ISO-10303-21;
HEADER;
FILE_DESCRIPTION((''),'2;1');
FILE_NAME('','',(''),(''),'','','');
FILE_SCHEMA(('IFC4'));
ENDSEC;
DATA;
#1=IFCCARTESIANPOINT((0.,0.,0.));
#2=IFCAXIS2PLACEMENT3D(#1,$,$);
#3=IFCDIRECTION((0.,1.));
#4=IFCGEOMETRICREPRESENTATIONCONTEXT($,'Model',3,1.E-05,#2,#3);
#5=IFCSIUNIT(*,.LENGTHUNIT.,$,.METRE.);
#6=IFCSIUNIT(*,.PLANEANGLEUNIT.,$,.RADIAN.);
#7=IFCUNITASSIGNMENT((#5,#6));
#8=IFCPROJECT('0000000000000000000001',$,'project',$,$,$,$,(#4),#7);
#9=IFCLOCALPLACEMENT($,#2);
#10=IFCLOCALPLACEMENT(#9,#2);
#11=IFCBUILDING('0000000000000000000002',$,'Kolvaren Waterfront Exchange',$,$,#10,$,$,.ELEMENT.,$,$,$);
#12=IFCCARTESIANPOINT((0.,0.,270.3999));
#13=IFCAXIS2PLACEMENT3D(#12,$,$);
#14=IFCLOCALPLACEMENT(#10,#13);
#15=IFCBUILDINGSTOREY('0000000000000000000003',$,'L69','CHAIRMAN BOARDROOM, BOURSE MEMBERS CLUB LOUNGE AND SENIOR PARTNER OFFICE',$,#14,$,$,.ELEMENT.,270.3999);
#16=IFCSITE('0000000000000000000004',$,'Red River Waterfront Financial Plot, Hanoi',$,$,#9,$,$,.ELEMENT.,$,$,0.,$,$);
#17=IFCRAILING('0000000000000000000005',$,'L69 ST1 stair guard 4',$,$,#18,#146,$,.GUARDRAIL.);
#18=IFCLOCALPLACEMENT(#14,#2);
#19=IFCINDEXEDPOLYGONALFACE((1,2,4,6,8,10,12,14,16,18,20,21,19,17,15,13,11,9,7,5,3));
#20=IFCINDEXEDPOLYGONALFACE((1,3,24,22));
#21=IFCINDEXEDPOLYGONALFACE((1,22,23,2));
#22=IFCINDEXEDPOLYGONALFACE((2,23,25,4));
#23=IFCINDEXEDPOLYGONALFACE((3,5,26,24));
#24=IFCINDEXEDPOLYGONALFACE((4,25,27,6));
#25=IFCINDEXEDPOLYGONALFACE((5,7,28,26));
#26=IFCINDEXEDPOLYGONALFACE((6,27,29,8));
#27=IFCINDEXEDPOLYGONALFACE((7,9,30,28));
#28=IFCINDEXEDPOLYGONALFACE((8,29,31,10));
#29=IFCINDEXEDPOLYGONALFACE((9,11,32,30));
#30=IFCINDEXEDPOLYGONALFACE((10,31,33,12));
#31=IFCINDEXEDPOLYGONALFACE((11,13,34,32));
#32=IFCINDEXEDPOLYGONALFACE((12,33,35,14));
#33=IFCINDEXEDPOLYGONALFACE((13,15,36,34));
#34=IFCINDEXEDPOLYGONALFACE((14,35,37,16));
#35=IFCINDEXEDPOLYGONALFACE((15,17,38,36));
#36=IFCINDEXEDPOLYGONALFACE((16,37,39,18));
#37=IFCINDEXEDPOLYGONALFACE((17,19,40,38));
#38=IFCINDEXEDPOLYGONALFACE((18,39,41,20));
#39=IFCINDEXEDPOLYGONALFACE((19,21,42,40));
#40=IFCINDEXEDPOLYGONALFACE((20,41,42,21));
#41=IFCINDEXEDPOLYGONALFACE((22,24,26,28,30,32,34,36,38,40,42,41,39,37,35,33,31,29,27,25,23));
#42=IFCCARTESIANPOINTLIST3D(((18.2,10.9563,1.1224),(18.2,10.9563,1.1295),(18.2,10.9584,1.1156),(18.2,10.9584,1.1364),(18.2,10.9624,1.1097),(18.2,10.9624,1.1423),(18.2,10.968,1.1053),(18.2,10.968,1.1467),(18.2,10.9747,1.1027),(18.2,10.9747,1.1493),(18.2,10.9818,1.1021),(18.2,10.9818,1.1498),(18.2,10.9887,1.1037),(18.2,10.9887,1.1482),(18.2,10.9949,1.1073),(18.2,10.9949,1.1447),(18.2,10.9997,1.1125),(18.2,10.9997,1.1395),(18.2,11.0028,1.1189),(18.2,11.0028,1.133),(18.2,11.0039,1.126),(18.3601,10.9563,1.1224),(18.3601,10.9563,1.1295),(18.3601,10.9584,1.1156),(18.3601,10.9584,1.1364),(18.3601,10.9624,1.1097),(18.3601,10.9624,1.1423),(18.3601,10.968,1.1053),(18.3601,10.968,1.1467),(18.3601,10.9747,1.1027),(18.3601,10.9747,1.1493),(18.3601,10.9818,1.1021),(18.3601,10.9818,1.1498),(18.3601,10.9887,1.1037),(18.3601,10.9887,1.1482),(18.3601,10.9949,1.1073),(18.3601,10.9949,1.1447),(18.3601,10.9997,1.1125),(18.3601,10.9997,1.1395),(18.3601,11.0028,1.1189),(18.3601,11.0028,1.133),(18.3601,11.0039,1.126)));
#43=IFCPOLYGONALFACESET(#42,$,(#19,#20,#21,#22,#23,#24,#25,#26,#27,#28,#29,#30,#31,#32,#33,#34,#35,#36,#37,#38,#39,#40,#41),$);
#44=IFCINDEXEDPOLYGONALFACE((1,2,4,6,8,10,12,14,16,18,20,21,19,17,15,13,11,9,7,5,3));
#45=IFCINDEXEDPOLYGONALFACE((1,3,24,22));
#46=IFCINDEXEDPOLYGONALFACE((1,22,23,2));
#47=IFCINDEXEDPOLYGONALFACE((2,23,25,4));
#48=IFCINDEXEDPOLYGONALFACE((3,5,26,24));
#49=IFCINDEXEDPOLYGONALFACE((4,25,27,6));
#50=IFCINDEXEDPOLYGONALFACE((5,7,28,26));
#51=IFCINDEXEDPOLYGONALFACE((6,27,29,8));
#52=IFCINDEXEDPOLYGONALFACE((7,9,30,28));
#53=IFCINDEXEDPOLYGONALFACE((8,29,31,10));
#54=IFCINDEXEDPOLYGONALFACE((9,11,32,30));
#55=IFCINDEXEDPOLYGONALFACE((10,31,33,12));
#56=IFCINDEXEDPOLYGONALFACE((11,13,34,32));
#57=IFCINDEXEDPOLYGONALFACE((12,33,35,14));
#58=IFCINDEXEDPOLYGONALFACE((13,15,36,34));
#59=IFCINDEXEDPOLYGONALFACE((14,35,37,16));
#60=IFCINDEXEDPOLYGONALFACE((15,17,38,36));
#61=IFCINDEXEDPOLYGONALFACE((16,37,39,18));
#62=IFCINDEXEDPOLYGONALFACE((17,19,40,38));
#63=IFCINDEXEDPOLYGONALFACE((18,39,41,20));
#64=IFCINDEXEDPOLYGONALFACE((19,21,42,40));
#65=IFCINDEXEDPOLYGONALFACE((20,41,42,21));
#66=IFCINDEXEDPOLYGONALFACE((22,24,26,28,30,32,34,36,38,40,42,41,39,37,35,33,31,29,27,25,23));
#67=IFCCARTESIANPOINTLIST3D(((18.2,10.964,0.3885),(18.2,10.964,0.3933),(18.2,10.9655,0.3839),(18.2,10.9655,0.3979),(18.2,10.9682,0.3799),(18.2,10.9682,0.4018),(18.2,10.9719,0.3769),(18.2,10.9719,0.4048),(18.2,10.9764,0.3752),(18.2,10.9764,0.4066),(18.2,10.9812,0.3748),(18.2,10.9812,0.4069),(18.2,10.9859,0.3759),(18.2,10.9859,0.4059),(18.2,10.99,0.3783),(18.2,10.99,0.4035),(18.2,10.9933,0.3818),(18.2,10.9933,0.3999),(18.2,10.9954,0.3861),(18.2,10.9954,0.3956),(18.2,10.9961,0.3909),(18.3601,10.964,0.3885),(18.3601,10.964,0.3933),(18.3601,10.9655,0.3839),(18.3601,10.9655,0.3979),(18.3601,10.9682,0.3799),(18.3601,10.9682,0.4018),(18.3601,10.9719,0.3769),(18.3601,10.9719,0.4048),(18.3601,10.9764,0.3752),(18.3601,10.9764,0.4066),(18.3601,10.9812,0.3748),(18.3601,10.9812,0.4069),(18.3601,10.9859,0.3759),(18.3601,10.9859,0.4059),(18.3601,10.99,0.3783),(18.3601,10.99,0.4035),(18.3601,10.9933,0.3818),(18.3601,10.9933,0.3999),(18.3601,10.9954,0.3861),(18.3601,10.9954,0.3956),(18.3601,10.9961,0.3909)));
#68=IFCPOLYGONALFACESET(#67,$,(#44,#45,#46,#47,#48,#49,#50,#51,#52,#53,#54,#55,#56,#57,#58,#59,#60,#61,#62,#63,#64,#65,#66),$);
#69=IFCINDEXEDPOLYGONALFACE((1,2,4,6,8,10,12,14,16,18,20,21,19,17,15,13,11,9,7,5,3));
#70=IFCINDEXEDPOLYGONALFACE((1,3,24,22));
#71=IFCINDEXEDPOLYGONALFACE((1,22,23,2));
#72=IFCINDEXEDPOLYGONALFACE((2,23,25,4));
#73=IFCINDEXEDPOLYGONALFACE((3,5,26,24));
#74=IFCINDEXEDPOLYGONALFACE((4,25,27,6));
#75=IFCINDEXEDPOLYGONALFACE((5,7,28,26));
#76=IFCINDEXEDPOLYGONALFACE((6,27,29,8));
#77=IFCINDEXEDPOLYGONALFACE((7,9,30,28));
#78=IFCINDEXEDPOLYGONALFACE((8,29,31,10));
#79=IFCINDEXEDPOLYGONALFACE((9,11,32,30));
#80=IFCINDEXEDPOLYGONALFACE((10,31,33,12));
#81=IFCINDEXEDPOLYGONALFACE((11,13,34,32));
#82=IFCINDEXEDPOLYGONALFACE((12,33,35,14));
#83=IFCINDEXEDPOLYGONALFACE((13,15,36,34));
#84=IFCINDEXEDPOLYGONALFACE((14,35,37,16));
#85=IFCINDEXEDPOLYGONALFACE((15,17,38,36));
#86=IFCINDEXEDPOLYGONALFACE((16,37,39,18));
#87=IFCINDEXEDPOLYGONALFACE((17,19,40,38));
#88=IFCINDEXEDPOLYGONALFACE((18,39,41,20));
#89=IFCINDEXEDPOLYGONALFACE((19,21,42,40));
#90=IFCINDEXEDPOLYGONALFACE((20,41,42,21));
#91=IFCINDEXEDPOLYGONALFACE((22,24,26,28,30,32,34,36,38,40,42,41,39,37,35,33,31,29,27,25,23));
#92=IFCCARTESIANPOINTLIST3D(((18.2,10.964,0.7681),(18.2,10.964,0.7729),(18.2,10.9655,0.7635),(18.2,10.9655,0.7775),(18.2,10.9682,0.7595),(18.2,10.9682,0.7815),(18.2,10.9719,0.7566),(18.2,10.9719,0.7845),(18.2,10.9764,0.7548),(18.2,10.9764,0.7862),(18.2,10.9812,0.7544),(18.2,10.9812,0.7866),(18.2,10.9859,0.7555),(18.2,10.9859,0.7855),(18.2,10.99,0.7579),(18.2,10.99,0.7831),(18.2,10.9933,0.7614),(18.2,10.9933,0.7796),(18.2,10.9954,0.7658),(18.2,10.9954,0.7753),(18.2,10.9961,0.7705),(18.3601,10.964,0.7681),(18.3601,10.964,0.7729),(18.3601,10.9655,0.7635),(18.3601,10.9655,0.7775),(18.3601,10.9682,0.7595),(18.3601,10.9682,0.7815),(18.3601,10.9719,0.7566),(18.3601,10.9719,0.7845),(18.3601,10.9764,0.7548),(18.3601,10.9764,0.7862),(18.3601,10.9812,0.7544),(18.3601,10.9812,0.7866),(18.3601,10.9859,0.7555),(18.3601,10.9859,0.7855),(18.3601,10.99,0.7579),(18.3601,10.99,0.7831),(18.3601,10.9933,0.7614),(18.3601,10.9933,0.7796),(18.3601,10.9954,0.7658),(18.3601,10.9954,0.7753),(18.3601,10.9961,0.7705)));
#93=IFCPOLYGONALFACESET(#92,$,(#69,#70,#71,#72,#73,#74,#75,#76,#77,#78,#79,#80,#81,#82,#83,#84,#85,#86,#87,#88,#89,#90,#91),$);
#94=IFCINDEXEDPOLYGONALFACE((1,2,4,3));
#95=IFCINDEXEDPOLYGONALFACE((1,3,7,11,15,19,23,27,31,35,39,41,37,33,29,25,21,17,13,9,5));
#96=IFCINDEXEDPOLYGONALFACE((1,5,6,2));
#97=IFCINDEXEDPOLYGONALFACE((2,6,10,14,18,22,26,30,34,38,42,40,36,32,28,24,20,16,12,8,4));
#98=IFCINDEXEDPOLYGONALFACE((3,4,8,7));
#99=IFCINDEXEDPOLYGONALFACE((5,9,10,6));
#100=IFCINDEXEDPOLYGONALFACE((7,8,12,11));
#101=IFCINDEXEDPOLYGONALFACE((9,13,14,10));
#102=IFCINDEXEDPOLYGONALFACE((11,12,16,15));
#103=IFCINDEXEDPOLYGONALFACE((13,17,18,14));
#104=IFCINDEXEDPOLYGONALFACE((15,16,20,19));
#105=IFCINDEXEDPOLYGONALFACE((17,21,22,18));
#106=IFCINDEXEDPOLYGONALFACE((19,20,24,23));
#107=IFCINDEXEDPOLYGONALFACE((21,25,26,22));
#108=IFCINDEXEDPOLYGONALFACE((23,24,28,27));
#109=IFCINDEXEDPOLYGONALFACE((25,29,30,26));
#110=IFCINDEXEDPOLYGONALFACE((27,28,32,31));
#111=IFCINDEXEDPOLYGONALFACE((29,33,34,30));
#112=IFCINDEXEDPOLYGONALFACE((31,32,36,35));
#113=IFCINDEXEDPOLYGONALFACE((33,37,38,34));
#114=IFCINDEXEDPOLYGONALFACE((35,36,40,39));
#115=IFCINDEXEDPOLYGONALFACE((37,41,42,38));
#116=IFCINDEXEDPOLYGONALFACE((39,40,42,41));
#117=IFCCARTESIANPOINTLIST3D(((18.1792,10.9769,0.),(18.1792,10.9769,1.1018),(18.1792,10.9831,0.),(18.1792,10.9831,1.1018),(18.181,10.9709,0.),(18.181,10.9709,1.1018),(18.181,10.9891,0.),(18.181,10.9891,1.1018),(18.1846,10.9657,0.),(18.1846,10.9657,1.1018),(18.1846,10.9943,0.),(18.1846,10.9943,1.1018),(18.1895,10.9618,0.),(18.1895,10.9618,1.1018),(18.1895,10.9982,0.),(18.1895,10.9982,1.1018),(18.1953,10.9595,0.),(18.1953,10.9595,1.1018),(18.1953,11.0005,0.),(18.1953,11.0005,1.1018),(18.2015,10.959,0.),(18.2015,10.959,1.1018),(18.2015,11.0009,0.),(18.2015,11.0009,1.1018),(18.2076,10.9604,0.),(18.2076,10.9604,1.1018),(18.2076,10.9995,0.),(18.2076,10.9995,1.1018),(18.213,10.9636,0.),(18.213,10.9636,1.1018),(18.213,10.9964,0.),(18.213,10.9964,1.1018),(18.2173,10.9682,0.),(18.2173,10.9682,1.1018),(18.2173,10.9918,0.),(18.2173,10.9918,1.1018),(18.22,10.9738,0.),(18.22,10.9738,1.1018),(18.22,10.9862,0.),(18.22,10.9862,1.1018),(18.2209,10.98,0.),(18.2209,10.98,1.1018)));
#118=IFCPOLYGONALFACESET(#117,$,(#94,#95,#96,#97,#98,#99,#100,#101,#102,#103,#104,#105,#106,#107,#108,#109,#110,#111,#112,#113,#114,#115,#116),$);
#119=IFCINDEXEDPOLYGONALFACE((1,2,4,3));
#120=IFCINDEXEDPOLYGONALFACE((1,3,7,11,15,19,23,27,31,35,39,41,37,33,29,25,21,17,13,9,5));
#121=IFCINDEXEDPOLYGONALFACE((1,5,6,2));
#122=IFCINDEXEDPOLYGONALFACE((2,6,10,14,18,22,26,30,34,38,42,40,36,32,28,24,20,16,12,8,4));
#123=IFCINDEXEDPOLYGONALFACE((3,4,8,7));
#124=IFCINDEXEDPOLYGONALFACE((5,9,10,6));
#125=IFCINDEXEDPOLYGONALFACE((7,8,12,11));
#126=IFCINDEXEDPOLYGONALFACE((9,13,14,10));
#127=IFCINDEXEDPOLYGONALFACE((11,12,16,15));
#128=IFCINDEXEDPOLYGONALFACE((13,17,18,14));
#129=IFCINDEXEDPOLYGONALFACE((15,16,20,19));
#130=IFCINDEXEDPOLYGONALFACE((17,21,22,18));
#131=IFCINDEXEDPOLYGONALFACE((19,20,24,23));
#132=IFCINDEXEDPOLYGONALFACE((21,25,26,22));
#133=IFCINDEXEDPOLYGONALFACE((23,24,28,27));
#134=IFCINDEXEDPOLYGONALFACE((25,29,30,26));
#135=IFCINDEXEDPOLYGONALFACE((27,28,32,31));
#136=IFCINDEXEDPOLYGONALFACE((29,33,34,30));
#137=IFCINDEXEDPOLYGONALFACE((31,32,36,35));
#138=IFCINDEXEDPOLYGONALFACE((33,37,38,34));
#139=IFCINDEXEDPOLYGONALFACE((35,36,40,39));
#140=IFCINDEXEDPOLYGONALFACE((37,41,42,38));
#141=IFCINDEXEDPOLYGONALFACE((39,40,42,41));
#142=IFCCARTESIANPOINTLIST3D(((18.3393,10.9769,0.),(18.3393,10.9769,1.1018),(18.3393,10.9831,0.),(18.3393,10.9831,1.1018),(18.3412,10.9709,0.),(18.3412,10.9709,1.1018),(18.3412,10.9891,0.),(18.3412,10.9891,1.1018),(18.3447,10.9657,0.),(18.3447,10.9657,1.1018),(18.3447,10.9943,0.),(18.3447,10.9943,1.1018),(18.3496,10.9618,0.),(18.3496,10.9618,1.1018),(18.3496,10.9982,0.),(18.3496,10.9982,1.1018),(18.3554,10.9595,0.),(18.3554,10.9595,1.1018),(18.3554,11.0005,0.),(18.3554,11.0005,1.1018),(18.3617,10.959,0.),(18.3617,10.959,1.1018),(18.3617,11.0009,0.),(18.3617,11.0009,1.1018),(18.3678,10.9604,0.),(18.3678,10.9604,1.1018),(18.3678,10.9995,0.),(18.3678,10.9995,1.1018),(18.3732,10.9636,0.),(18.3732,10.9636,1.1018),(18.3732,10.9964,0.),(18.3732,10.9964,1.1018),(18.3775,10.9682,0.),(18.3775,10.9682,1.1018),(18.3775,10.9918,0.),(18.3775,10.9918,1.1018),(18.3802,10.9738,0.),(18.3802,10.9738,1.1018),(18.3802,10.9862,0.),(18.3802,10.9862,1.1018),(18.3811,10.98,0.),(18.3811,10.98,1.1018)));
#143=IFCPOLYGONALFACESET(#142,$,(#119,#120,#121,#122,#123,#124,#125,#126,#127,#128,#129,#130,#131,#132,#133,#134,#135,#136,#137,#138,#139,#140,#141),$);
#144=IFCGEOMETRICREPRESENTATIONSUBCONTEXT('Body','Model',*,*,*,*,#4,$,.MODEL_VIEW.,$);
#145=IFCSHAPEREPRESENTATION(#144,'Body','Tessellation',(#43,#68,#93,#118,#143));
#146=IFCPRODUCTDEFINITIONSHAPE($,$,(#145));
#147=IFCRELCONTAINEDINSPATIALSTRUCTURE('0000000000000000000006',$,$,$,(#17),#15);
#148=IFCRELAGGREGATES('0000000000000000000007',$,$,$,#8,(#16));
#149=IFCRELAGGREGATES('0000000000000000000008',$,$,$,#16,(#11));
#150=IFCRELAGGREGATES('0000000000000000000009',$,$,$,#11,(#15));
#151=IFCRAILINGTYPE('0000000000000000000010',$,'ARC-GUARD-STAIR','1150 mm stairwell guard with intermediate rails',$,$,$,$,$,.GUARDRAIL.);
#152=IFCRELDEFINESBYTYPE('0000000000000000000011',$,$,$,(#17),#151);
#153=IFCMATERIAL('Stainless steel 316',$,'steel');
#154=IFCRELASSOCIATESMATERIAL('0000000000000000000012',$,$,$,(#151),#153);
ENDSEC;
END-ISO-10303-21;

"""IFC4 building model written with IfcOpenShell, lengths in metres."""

from ifc_helpers import new_model, si_unit, direction, frame, origin, origin_2d, place, context, subcontext, project, spatial, circle, extrude, material, type_object, element, save


model = new_model("IFC4")

# Units and contexts
model_context = context("Model", 3, precision=1e-05, world=origin(), true_north=direction((0.0, 1.0)))
body_context = subcontext(model_context, "Body", "Model", "MODEL_VIEW")
ifc_project = project(units=[si_unit("LENGTHUNIT", "METRE"), si_unit("PLANEANGLEUNIT", "RADIAN")], contexts=[model_context])

# Site, building, storey
site_placement = place(None, origin())
site = spatial("IfcSite", under=ifc_project, at=site_placement, Name="Red River Waterfront Financial Plot, Hanoi", CompositionType="ELEMENT", RefElevation=0.0)
building_placement = place(site_placement, origin())
building = spatial("IfcBuilding", under=site, at=building_placement, Name="Kolvaren Waterfront Exchange", CompositionType="ELEMENT")
storey_placement = place(building_placement, frame((0.0, 0.0, 270.3999)))
storey = spatial("IfcBuildingStorey", under=building, at=storey_placement, Name="L69", Description="CHAIRMAN BOARDROOM, BOURSE MEMBERS CLUB LOUNGE AND SENIOR PARTNER OFFICE", CompositionType="ELEMENT", Elevation=270.3999)

# Railing
ifc_material_1 = material(Name="Stainless steel 316", Category="steel")
railing_type_1 = type_object("IfcRailingType", Name="ARC-GUARD-STAIR", Description="1150 mm stairwell guard with intermediate rails", PredefinedType="GUARDRAIL", material=ifc_material_1)
railing_1_placement = place(storey_placement, frame((18.2, 10.98, 0.0)))
element("IfcRailing", 1, at=railing_1_placement, inside=storey, type_object=railing_type_1, Name="L69 ST1 stair guard 4", PredefinedType="GUARDRAIL", context=body_context, shape_type="SweptSolid", body=[
    extrude(circle(Radius=0.0239, at=origin_2d()), frame((0.0, 0.0, 1.126), z_axis=(1.0, 0.0, 0.0), x_axis=(0.0, 1.0, 0.0)), (0.0, 0.0, 1.0), 0.1602),
    extrude(circle(Radius=0.0161, at=origin_2d()), frame((0.0, 0.0, 0.3909), z_axis=(1.0, 0.0, 0.0), x_axis=(0.0, 1.0, 0.0)), (0.0, 0.0, 1.0), 0.1602),
    extrude(circle(Radius=0.0161, at=origin_2d()), frame((0.0, 0.0, 0.7705), z_axis=(1.0, 0.0, 0.0), x_axis=(0.0, 1.0, 0.0)), (0.0, 0.0, 1.0), 0.1602),
    extrude(circle(Radius=0.021, at=origin_2d()), origin(), (0.0, 0.0, 1.0), 1.1018),
    extrude(circle(Radius=0.021, at=origin_2d()), frame((0.1602, 0.0, 0.0)), (0.0, 0.0, 1.0), 1.1018),
])

save(model, "model.ifc")
